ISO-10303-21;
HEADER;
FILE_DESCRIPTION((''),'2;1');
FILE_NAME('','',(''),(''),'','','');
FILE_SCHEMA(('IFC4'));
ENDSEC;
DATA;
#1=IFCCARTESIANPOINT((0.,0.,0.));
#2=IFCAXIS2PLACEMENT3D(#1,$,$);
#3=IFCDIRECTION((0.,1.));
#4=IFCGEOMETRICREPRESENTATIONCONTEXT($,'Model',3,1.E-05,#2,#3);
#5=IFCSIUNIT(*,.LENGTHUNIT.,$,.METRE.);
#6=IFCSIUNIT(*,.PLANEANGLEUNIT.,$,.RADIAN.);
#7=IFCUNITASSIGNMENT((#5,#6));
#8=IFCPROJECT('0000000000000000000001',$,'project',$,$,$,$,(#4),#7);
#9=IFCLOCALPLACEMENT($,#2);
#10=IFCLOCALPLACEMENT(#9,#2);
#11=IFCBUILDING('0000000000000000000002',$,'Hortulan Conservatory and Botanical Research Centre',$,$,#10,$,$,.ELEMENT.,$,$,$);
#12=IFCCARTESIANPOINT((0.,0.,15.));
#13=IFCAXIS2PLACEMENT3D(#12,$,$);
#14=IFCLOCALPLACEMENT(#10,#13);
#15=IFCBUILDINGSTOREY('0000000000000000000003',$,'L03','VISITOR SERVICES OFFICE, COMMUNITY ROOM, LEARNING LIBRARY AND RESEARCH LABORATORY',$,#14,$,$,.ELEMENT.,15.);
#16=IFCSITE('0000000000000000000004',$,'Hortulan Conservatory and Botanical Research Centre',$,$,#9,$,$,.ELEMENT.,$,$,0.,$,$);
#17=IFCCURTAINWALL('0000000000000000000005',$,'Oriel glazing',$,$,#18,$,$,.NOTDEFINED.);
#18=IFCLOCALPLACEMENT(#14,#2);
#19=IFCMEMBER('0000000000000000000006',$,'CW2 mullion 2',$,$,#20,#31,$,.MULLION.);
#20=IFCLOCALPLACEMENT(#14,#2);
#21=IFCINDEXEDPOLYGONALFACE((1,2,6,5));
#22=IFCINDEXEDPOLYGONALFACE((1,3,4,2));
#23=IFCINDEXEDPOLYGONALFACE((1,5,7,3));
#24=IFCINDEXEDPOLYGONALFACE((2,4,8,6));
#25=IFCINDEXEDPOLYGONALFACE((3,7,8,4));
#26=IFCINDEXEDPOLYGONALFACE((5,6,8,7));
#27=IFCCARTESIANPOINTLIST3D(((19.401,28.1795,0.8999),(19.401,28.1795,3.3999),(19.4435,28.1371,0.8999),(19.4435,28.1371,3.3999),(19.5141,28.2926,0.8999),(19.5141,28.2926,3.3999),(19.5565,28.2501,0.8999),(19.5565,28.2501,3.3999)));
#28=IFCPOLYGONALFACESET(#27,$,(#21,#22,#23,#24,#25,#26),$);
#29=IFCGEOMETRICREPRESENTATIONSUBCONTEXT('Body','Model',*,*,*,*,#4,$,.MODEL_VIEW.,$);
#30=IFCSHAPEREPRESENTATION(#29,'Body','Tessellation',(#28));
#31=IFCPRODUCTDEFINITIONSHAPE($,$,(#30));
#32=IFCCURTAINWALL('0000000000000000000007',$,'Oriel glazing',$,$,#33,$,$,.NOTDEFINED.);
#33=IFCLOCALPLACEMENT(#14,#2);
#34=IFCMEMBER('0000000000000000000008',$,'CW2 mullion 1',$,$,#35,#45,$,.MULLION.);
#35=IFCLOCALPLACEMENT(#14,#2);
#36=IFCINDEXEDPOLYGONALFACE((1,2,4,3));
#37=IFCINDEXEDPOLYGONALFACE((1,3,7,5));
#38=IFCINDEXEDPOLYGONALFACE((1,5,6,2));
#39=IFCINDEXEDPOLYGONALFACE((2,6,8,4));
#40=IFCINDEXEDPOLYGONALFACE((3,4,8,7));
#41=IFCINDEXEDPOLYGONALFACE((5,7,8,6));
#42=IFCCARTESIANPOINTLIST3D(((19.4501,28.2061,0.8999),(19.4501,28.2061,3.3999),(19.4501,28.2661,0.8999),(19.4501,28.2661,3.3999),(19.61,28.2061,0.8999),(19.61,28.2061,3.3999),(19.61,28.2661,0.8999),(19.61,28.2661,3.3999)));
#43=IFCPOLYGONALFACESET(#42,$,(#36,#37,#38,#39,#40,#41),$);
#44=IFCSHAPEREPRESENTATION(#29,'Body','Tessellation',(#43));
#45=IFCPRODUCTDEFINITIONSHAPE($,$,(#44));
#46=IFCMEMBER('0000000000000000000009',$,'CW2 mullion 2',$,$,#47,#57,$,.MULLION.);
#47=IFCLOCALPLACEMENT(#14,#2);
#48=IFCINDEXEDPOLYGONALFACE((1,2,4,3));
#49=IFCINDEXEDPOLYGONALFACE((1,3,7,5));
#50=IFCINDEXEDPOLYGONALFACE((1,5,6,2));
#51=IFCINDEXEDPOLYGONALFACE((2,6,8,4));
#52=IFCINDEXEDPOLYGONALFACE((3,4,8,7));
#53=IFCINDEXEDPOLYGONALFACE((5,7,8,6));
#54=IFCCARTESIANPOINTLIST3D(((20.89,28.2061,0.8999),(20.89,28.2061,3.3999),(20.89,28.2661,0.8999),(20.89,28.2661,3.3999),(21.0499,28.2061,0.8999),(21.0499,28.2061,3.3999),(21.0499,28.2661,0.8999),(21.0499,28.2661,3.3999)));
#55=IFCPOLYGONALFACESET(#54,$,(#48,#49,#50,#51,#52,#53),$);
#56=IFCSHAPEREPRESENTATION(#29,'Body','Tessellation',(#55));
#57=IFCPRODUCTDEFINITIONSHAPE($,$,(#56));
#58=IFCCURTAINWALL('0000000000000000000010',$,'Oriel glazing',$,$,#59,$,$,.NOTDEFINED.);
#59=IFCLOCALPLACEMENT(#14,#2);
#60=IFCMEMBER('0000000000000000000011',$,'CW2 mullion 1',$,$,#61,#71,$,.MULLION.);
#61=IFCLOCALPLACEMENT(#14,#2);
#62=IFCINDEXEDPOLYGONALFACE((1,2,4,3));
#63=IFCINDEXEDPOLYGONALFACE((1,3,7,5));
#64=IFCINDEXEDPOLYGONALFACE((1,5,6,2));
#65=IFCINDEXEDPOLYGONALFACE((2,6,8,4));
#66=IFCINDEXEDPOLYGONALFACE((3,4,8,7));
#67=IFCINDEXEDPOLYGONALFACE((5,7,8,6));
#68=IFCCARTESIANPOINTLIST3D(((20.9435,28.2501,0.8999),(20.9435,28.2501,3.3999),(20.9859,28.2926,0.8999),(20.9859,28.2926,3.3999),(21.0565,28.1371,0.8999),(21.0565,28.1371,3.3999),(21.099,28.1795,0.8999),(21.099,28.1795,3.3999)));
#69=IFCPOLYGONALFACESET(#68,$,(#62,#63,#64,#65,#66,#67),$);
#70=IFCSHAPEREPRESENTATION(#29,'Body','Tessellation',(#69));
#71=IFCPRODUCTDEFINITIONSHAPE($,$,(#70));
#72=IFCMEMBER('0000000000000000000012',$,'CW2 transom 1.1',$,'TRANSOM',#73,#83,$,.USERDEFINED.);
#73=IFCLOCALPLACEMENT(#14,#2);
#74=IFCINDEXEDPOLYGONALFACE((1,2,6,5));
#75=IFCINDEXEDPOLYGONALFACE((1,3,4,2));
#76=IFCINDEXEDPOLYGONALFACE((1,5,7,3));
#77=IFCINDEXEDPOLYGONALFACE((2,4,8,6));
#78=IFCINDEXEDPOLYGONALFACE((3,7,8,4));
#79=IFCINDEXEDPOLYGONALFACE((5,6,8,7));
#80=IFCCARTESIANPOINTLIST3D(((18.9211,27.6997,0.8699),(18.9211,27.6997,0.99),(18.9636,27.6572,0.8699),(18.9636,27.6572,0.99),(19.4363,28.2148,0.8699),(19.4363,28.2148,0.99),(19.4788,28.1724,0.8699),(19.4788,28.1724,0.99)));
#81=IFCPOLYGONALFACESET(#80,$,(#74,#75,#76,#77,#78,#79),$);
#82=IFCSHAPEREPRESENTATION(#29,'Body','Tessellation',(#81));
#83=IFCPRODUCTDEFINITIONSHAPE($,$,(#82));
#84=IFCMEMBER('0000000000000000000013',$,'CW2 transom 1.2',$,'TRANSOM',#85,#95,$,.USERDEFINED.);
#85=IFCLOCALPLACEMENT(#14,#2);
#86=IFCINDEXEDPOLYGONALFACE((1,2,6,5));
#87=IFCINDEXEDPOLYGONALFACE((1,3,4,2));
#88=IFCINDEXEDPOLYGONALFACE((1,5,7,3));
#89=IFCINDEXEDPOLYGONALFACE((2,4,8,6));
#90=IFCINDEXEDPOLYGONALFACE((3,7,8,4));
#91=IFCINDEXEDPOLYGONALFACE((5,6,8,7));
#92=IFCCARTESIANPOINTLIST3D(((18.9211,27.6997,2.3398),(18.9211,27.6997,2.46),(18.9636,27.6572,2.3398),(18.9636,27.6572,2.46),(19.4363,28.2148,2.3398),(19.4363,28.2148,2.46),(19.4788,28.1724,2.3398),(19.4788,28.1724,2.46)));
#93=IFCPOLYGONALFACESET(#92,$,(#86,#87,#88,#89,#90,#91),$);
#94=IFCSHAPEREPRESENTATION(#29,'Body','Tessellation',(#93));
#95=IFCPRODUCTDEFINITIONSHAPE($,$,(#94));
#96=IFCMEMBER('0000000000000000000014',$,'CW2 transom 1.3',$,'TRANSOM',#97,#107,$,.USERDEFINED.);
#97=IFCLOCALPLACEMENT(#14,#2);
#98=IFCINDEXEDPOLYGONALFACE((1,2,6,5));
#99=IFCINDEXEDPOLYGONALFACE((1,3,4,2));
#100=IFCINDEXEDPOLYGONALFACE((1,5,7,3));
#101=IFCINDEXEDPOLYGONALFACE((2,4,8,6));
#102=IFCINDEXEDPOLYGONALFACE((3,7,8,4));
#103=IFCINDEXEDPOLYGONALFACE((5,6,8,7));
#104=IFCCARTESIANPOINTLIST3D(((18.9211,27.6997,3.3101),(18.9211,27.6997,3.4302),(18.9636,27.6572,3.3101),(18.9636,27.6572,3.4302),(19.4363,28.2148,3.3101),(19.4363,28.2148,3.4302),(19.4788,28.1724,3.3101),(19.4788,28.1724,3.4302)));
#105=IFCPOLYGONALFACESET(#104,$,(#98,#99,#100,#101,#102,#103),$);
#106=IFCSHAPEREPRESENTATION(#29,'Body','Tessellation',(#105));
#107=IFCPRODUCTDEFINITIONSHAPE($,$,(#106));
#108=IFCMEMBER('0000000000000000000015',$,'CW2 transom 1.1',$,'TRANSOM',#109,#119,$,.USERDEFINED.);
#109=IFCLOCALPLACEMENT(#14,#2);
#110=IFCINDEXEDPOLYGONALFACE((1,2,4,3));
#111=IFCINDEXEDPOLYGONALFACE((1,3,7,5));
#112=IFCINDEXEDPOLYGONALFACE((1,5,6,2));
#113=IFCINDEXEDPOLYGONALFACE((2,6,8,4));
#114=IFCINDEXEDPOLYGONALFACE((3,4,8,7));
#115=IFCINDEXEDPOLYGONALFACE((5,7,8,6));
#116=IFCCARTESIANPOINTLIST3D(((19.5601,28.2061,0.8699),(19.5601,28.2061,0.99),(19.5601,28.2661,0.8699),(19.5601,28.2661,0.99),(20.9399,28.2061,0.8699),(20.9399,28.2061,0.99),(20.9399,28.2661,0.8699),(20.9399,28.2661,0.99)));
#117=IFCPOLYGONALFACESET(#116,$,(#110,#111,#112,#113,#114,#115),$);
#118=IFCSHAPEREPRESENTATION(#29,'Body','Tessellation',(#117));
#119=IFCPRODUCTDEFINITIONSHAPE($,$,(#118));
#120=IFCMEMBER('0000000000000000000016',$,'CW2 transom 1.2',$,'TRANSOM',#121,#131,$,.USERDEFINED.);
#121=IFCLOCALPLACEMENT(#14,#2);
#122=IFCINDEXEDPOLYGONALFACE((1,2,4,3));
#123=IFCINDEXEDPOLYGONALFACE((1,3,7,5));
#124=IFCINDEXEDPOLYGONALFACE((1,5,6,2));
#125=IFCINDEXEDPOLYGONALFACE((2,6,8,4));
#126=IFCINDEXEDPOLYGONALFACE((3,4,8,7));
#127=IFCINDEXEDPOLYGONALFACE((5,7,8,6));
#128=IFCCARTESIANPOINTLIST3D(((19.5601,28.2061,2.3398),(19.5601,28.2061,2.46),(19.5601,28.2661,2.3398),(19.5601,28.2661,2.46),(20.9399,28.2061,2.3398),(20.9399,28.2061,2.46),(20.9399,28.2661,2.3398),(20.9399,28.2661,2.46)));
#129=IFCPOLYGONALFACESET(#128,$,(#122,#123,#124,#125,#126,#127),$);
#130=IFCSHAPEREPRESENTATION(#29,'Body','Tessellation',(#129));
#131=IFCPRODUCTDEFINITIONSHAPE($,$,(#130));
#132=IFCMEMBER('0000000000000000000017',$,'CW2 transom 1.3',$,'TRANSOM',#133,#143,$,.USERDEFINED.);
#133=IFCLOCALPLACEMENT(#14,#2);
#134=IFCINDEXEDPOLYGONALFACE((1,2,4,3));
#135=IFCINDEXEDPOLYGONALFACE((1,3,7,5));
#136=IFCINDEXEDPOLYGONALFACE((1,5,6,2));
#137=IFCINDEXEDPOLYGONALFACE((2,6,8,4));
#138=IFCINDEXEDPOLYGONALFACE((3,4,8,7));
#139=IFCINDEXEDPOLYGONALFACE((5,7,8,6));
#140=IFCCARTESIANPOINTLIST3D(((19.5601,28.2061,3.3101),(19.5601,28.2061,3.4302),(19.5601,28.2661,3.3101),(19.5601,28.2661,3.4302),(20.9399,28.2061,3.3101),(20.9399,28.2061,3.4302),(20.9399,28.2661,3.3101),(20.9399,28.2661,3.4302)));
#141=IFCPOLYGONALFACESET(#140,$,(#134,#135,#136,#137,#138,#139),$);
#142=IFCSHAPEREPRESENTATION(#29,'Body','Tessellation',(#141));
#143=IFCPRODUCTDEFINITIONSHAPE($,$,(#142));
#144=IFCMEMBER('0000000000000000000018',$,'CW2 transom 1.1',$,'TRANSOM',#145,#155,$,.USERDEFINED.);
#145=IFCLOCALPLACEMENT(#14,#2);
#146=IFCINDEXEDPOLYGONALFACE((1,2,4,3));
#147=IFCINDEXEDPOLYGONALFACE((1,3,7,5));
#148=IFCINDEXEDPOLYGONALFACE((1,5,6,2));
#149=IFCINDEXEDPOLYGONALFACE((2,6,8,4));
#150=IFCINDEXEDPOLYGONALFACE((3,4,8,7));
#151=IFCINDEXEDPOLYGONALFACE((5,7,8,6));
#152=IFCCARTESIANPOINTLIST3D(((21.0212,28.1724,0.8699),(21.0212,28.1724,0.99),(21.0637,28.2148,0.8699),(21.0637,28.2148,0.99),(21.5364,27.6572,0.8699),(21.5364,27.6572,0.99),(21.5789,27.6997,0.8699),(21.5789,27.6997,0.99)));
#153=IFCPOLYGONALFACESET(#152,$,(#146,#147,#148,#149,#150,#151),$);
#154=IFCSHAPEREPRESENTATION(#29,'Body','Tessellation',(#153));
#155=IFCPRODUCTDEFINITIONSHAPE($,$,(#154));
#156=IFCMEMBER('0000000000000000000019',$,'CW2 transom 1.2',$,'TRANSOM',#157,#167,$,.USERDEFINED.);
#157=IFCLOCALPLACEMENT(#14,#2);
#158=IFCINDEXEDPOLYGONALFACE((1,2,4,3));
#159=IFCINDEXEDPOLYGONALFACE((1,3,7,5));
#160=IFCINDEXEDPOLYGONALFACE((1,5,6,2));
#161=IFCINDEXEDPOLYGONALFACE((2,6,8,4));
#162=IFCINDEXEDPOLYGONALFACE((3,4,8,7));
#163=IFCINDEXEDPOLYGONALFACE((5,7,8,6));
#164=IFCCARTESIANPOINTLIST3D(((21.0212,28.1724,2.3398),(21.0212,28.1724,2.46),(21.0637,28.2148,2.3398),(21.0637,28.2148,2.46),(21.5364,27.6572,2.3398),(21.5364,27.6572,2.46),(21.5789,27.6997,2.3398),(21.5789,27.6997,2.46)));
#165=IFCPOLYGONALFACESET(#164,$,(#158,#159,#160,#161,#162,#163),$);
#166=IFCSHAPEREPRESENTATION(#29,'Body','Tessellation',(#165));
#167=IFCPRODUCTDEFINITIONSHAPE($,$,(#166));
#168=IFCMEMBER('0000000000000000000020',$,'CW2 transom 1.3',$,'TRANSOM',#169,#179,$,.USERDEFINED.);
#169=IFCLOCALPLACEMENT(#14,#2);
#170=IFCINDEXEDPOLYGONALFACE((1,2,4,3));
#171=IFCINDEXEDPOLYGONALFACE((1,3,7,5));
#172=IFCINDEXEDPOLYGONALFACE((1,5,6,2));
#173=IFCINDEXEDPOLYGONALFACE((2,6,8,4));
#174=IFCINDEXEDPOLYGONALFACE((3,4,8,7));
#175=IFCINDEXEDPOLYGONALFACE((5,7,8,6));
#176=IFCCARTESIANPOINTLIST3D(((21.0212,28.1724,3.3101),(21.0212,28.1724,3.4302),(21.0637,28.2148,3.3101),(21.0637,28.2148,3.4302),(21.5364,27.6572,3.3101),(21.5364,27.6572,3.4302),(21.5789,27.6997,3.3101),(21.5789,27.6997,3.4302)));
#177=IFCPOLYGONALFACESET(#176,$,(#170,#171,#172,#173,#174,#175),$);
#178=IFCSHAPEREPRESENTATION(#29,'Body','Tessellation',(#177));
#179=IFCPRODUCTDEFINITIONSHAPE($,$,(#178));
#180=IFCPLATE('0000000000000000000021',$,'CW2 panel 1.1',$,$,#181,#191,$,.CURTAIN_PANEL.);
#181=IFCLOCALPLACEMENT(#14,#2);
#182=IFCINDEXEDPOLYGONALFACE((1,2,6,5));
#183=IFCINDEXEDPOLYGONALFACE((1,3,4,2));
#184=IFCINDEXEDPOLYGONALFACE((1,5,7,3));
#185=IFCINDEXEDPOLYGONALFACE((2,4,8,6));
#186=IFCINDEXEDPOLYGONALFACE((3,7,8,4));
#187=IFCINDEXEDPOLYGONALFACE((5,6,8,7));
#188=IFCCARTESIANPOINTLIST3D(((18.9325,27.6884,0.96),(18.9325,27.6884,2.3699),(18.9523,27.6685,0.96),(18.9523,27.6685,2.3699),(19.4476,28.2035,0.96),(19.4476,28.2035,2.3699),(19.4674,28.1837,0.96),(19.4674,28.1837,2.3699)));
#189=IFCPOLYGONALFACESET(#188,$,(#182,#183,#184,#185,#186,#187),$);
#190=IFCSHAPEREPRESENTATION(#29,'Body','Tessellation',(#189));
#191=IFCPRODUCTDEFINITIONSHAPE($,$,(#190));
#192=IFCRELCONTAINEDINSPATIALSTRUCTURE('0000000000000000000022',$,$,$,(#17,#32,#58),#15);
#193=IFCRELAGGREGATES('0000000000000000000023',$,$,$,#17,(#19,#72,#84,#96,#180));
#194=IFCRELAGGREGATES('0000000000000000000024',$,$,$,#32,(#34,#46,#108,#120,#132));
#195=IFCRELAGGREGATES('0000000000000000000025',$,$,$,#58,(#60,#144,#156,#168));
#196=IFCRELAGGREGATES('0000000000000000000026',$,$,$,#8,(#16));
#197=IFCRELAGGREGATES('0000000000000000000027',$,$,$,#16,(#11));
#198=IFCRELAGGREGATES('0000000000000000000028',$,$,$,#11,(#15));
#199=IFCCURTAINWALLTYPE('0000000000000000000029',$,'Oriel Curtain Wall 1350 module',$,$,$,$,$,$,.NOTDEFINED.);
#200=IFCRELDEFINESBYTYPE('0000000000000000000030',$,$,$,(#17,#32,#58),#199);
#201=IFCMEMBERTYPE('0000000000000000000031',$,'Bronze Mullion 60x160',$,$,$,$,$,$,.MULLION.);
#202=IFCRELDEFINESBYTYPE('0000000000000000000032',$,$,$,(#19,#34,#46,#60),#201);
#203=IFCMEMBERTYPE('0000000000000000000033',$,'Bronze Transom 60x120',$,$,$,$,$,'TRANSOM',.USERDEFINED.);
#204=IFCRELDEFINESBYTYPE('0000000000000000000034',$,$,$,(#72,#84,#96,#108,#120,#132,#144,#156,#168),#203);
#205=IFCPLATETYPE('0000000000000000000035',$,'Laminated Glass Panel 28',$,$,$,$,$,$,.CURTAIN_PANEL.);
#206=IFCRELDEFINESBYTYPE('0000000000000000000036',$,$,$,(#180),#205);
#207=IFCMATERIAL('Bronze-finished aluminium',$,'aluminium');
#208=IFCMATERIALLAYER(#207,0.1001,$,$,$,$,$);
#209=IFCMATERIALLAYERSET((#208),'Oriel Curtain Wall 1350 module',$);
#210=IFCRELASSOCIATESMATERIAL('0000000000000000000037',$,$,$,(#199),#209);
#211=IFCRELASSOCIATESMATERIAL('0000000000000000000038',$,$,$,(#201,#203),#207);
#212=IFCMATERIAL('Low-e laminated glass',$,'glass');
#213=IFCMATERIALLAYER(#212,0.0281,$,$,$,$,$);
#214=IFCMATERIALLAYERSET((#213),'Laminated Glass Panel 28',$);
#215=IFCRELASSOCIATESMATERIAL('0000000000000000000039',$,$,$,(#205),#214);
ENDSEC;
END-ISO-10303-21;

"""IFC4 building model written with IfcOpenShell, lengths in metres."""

from ifc_helpers import new_model, si_unit, direction, frame, origin, origin_2d, place, context, subcontext, project, spatial, rectangle, extrude, material, layer, layer_set, material_profile, profile_set, type_object, element, aggregate, save


model = new_model("IFC4")

# Units and contexts
model_context = context("Model", 3, precision=1e-05, world=origin(), true_north=direction((0.0, 1.0)))
body_context = subcontext(model_context, "Body", "Model", "MODEL_VIEW")
ifc_project = project(units=[si_unit("LENGTHUNIT", "METRE"), si_unit("PLANEANGLEUNIT", "RADIAN")], contexts=[model_context])

# Site, building, storey
site_placement = place(None, origin())
site = spatial("IfcSite", under=ifc_project, at=site_placement, Name="Hortulan Conservatory and Botanical Research Centre", CompositionType="ELEMENT", RefElevation=0.0)
building_placement = place(site_placement, origin())
building = spatial("IfcBuilding", under=site, at=building_placement, Name="Hortulan Conservatory and Botanical Research Centre", CompositionType="ELEMENT")
storey_placement = place(building_placement, frame((0.0, 0.0, 15.0)))
storey = spatial("IfcBuildingStorey", under=building, at=storey_placement, Name="L03", Description="VISITOR SERVICES OFFICE, COMMUNITY ROOM, LEARNING LIBRARY AND RESEARCH LABORATORY", CompositionType="ELEMENT", Elevation=15.0)

# Curtain wall, member
ifc_material_1 = material(Name="Bronze-finished aluminium", Category="aluminium")
ifc_layer_1 = layer(ifc_material_1, 0.1001)
ifc_layer_set_1 = layer_set([ifc_layer_1], Name="Oriel Curtain Wall 1350 module")
curtain_wall_type = type_object("IfcCurtainWallType", Name="Oriel Curtain Wall 1350 module", PredefinedType="NOTDEFINED", material=ifc_layer_set_1)
curtain_wall_1_placement = place(storey_placement, origin())
curtain_wall_1 = element("IfcCurtainWall", 1, at=curtain_wall_1_placement, inside=storey, type_object=curtain_wall_type, Name="Oriel glazing", PredefinedType="NOTDEFINED")
ifc_material_profile_1 = material_profile(ifc_material_1, rectangle(XDim=0.0601, YDim=0.1599, at=origin_2d()), Name="Bronze Mullion 60x160")
ifc_profile_set_1 = profile_set([ifc_material_profile_1], Name="Bronze-finished aluminium")
member_type_1 = type_object("IfcMemberType", Name="Bronze Mullion 60x160", PredefinedType="MULLION", material=ifc_profile_set_1)
member_1_placement = place(storey_placement, frame((19.4788, 28.2148, 0.8999), z_axis=(0.0, 0.0, 1.0), x_axis=(-0.707107, 0.707107, 0.0)))
member_1 = element("IfcMember", 2, at=member_1_placement, type_object=member_type_1, Name="CW2 mullion 2", PredefinedType="MULLION", context=body_context, shape_type="SweptSolid", body=[
    extrude(rectangle(XDim=0.0601, YDim=0.1599, at=origin_2d()), origin(), (0.0, 0.0, 1.0), 2.5),
])

# Curtain wall, members
curtain_wall_2_placement = place(storey_placement, origin())
curtain_wall_2 = element("IfcCurtainWall", 3, at=curtain_wall_2_placement, inside=storey, type_object=curtain_wall_type, Name="Oriel glazing", PredefinedType="NOTDEFINED")
member_2_placement = place(storey_placement, frame((19.53, 28.2361, 0.8999), z_axis=(0.0, 0.0, 1.0), x_axis=(0.0, 1.0, 0.0)))
member_2 = element("IfcMember", 4, at=member_2_placement, type_object=member_type_1, Name="CW2 mullion 1", PredefinedType="MULLION", context=body_context, shape_type="SweptSolid", body=[
    extrude(rectangle(XDim=0.0601, YDim=0.1599, at=origin_2d()), origin(), (0.0, 0.0, 1.0), 2.5),
])
member_3_placement = place(storey_placement, frame((20.97, 28.2361, 0.8999), z_axis=(0.0, 0.0, 1.0), x_axis=(0.0, 1.0, 0.0)))
member_3 = element("IfcMember", 5, at=member_3_placement, type_object=member_type_1, Name="CW2 mullion 2", PredefinedType="MULLION", context=body_context, shape_type="SweptSolid", body=[
    extrude(rectangle(XDim=0.0601, YDim=0.1599, at=origin_2d()), origin(), (0.0, 0.0, 1.0), 2.5),
])

# Curtain wall, member
curtain_wall_3_placement = place(storey_placement, origin())
curtain_wall_3 = element("IfcCurtainWall", 6, at=curtain_wall_3_placement, inside=storey, type_object=curtain_wall_type, Name="Oriel glazing", PredefinedType="NOTDEFINED")
member_4_placement = place(storey_placement, frame((21.0212, 28.2148, 0.8999), z_axis=(0.0, 0.0, 1.0), x_axis=(0.707107, 0.707107, 0.0)))
member_4 = element("IfcMember", 7, at=member_4_placement, type_object=member_type_1, Name="CW2 mullion 1", PredefinedType="MULLION", context=body_context, shape_type="SweptSolid", body=[
    extrude(rectangle(XDim=0.0601, YDim=0.1599, at=origin_2d()), origin(), (0.0, 0.0, 1.0), 2.5),
])

# Members
ifc_material_profile_2 = material_profile(ifc_material_1, rectangle(XDim=0.0601, YDim=0.1201, at=origin_2d()), Name="Bronze Transom 60x120")
ifc_profile_set_2 = profile_set([ifc_material_profile_2], Name="Bronze-finished aluminium")
member_type_2 = type_object("IfcMemberType", Name="Bronze Transom 60x120", ElementType="TRANSOM", PredefinedType="USERDEFINED", material=ifc_profile_set_2)
member_5_placement = place(storey_placement, frame((18.9424, 27.6785, 0.9299), z_axis=(0.707107, 0.707107, 0.0), x_axis=(-0.707107, 0.707107, 0.0)))
member_5 = element("IfcMember", 8, at=member_5_placement, type_object=member_type_2, Name="CW2 transom 1.1", ObjectType="TRANSOM", PredefinedType="USERDEFINED", context=body_context, shape_type="SweptSolid", body=[
    extrude(rectangle(XDim=0.0601, YDim=0.1201, at=origin_2d()), origin(), (0.0, 0.0, 1.0), 0.7285),
])
member_6_placement = place(storey_placement, frame((18.9424, 27.6785, 2.3999), z_axis=(0.707107, 0.707107, 0.0), x_axis=(-0.707107, 0.707107, 0.0)))
member_6 = element("IfcMember", 9, at=member_6_placement, type_object=member_type_2, Name="CW2 transom 1.2", ObjectType="TRANSOM", PredefinedType="USERDEFINED", context=body_context, shape_type="SweptSolid", body=[
    extrude(rectangle(XDim=0.0601, YDim=0.1201, at=origin_2d()), origin(), (0.0, 0.0, 1.0), 0.7285),
])
member_7_placement = place(storey_placement, frame((18.9424, 27.6785, 3.3701), z_axis=(0.707107, 0.707107, 0.0), x_axis=(-0.707107, 0.707107, 0.0)))
member_7 = element("IfcMember", 10, at=member_7_placement, type_object=member_type_2, Name="CW2 transom 1.3", ObjectType="TRANSOM", PredefinedType="USERDEFINED", context=body_context, shape_type="SweptSolid", body=[
    extrude(rectangle(XDim=0.0601, YDim=0.1201, at=origin_2d()), origin(), (0.0, 0.0, 1.0), 0.7285),
])
member_8_placement = place(storey_placement, frame((19.5601, 28.2361, 0.9299), z_axis=(1.0, 0.0, 0.0), x_axis=(0.0, 1.0, 0.0)))
member_8 = element("IfcMember", 11, at=member_8_placement, type_object=member_type_2, Name="CW2 transom 1.1", ObjectType="TRANSOM", PredefinedType="USERDEFINED", context=body_context, shape_type="SweptSolid", body=[
    extrude(rectangle(XDim=0.0601, YDim=0.1201, at=origin_2d()), origin(), (0.0, 0.0, 1.0), 1.3799),
])
member_9_placement = place(storey_placement, frame((19.5601, 28.2361, 2.3999), z_axis=(1.0, 0.0, 0.0), x_axis=(0.0, 1.0, 0.0)))
member_9 = element("IfcMember", 12, at=member_9_placement, type_object=member_type_2, Name="CW2 transom 1.2", ObjectType="TRANSOM", PredefinedType="USERDEFINED", context=body_context, shape_type="SweptSolid", body=[
    extrude(rectangle(XDim=0.0601, YDim=0.1201, at=origin_2d()), origin(), (0.0, 0.0, 1.0), 1.3799),
])
member_10_placement = place(storey_placement, frame((19.5601, 28.2361, 3.3701), z_axis=(1.0, 0.0, 0.0), x_axis=(0.0, 1.0, 0.0)))
member_10 = element("IfcMember", 13, at=member_10_placement, type_object=member_type_2, Name="CW2 transom 1.3", ObjectType="TRANSOM", PredefinedType="USERDEFINED", context=body_context, shape_type="SweptSolid", body=[
    extrude(rectangle(XDim=0.0601, YDim=0.1201, at=origin_2d()), origin(), (0.0, 0.0, 1.0), 1.3799),
])
member_11_placement = place(storey_placement, frame((21.0425, 28.1936, 0.9299), z_axis=(0.707107, -0.707107, 0.0), x_axis=(0.707107, 0.707107, 0.0)))
member_11 = element("IfcMember", 14, at=member_11_placement, type_object=member_type_2, Name="CW2 transom 1.1", ObjectType="TRANSOM", PredefinedType="USERDEFINED", context=body_context, shape_type="SweptSolid", body=[
    extrude(rectangle(XDim=0.0601, YDim=0.1201, at=origin_2d()), origin(), (0.0, 0.0, 1.0), 0.7285),
])
member_12_placement = place(storey_placement, frame((21.0425, 28.1936, 2.3999), z_axis=(0.707107, -0.707107, 0.0), x_axis=(0.707107, 0.707107, 0.0)))
member_12 = element("IfcMember", 15, at=member_12_placement, type_object=member_type_2, Name="CW2 transom 1.2", ObjectType="TRANSOM", PredefinedType="USERDEFINED", context=body_context, shape_type="SweptSolid", body=[
    extrude(rectangle(XDim=0.0601, YDim=0.1201, at=origin_2d()), origin(), (0.0, 0.0, 1.0), 0.7285),
])
member_13_placement = place(storey_placement, frame((21.0425, 28.1936, 3.3701), z_axis=(0.707107, -0.707107, 0.0), x_axis=(0.707107, 0.707107, 0.0)))
member_13 = element("IfcMember", 16, at=member_13_placement, type_object=member_type_2, Name="CW2 transom 1.3", ObjectType="TRANSOM", PredefinedType="USERDEFINED", context=body_context, shape_type="SweptSolid", body=[
    extrude(rectangle(XDim=0.0601, YDim=0.1201, at=origin_2d()), origin(), (0.0, 0.0, 1.0), 0.7285),
])

# Plate
ifc_material_2 = material(Name="Low-e laminated glass", Category="glass")
ifc_layer_2 = layer(ifc_material_2, 0.0281)
ifc_layer_set_2 = layer_set([ifc_layer_2], Name="Laminated Glass Panel 28")
plate_type = type_object("IfcPlateType", Name="Laminated Glass Panel 28", PredefinedType="CURTAIN_PANEL", material=ifc_layer_set_2)
plate_1_placement = place(storey_placement, frame((19.2, 27.936, 0.96), z_axis=(0.0, 0.0, 1.0), x_axis=(0.707107, 0.707107, 0.0)))
plate_1 = element("IfcPlate", 17, at=plate_1_placement, type_object=plate_type, Name="CW2 panel 1.1", PredefinedType="CURTAIN_PANEL", context=body_context, shape_type="SweptSolid", body=[
    extrude(rectangle(XDim=0.7285, YDim=0.0281, at=origin_2d()), origin(), (0.0, 0.0, 1.0), 1.4099),
])
aggregate(curtain_wall_1, [member_1, member_5, member_6, member_7, plate_1])
aggregate(curtain_wall_2, [member_2, member_3, member_8, member_9, member_10])
aggregate(curtain_wall_3, [member_4, member_11, member_12, member_13])

save(model, "model.ifc")
